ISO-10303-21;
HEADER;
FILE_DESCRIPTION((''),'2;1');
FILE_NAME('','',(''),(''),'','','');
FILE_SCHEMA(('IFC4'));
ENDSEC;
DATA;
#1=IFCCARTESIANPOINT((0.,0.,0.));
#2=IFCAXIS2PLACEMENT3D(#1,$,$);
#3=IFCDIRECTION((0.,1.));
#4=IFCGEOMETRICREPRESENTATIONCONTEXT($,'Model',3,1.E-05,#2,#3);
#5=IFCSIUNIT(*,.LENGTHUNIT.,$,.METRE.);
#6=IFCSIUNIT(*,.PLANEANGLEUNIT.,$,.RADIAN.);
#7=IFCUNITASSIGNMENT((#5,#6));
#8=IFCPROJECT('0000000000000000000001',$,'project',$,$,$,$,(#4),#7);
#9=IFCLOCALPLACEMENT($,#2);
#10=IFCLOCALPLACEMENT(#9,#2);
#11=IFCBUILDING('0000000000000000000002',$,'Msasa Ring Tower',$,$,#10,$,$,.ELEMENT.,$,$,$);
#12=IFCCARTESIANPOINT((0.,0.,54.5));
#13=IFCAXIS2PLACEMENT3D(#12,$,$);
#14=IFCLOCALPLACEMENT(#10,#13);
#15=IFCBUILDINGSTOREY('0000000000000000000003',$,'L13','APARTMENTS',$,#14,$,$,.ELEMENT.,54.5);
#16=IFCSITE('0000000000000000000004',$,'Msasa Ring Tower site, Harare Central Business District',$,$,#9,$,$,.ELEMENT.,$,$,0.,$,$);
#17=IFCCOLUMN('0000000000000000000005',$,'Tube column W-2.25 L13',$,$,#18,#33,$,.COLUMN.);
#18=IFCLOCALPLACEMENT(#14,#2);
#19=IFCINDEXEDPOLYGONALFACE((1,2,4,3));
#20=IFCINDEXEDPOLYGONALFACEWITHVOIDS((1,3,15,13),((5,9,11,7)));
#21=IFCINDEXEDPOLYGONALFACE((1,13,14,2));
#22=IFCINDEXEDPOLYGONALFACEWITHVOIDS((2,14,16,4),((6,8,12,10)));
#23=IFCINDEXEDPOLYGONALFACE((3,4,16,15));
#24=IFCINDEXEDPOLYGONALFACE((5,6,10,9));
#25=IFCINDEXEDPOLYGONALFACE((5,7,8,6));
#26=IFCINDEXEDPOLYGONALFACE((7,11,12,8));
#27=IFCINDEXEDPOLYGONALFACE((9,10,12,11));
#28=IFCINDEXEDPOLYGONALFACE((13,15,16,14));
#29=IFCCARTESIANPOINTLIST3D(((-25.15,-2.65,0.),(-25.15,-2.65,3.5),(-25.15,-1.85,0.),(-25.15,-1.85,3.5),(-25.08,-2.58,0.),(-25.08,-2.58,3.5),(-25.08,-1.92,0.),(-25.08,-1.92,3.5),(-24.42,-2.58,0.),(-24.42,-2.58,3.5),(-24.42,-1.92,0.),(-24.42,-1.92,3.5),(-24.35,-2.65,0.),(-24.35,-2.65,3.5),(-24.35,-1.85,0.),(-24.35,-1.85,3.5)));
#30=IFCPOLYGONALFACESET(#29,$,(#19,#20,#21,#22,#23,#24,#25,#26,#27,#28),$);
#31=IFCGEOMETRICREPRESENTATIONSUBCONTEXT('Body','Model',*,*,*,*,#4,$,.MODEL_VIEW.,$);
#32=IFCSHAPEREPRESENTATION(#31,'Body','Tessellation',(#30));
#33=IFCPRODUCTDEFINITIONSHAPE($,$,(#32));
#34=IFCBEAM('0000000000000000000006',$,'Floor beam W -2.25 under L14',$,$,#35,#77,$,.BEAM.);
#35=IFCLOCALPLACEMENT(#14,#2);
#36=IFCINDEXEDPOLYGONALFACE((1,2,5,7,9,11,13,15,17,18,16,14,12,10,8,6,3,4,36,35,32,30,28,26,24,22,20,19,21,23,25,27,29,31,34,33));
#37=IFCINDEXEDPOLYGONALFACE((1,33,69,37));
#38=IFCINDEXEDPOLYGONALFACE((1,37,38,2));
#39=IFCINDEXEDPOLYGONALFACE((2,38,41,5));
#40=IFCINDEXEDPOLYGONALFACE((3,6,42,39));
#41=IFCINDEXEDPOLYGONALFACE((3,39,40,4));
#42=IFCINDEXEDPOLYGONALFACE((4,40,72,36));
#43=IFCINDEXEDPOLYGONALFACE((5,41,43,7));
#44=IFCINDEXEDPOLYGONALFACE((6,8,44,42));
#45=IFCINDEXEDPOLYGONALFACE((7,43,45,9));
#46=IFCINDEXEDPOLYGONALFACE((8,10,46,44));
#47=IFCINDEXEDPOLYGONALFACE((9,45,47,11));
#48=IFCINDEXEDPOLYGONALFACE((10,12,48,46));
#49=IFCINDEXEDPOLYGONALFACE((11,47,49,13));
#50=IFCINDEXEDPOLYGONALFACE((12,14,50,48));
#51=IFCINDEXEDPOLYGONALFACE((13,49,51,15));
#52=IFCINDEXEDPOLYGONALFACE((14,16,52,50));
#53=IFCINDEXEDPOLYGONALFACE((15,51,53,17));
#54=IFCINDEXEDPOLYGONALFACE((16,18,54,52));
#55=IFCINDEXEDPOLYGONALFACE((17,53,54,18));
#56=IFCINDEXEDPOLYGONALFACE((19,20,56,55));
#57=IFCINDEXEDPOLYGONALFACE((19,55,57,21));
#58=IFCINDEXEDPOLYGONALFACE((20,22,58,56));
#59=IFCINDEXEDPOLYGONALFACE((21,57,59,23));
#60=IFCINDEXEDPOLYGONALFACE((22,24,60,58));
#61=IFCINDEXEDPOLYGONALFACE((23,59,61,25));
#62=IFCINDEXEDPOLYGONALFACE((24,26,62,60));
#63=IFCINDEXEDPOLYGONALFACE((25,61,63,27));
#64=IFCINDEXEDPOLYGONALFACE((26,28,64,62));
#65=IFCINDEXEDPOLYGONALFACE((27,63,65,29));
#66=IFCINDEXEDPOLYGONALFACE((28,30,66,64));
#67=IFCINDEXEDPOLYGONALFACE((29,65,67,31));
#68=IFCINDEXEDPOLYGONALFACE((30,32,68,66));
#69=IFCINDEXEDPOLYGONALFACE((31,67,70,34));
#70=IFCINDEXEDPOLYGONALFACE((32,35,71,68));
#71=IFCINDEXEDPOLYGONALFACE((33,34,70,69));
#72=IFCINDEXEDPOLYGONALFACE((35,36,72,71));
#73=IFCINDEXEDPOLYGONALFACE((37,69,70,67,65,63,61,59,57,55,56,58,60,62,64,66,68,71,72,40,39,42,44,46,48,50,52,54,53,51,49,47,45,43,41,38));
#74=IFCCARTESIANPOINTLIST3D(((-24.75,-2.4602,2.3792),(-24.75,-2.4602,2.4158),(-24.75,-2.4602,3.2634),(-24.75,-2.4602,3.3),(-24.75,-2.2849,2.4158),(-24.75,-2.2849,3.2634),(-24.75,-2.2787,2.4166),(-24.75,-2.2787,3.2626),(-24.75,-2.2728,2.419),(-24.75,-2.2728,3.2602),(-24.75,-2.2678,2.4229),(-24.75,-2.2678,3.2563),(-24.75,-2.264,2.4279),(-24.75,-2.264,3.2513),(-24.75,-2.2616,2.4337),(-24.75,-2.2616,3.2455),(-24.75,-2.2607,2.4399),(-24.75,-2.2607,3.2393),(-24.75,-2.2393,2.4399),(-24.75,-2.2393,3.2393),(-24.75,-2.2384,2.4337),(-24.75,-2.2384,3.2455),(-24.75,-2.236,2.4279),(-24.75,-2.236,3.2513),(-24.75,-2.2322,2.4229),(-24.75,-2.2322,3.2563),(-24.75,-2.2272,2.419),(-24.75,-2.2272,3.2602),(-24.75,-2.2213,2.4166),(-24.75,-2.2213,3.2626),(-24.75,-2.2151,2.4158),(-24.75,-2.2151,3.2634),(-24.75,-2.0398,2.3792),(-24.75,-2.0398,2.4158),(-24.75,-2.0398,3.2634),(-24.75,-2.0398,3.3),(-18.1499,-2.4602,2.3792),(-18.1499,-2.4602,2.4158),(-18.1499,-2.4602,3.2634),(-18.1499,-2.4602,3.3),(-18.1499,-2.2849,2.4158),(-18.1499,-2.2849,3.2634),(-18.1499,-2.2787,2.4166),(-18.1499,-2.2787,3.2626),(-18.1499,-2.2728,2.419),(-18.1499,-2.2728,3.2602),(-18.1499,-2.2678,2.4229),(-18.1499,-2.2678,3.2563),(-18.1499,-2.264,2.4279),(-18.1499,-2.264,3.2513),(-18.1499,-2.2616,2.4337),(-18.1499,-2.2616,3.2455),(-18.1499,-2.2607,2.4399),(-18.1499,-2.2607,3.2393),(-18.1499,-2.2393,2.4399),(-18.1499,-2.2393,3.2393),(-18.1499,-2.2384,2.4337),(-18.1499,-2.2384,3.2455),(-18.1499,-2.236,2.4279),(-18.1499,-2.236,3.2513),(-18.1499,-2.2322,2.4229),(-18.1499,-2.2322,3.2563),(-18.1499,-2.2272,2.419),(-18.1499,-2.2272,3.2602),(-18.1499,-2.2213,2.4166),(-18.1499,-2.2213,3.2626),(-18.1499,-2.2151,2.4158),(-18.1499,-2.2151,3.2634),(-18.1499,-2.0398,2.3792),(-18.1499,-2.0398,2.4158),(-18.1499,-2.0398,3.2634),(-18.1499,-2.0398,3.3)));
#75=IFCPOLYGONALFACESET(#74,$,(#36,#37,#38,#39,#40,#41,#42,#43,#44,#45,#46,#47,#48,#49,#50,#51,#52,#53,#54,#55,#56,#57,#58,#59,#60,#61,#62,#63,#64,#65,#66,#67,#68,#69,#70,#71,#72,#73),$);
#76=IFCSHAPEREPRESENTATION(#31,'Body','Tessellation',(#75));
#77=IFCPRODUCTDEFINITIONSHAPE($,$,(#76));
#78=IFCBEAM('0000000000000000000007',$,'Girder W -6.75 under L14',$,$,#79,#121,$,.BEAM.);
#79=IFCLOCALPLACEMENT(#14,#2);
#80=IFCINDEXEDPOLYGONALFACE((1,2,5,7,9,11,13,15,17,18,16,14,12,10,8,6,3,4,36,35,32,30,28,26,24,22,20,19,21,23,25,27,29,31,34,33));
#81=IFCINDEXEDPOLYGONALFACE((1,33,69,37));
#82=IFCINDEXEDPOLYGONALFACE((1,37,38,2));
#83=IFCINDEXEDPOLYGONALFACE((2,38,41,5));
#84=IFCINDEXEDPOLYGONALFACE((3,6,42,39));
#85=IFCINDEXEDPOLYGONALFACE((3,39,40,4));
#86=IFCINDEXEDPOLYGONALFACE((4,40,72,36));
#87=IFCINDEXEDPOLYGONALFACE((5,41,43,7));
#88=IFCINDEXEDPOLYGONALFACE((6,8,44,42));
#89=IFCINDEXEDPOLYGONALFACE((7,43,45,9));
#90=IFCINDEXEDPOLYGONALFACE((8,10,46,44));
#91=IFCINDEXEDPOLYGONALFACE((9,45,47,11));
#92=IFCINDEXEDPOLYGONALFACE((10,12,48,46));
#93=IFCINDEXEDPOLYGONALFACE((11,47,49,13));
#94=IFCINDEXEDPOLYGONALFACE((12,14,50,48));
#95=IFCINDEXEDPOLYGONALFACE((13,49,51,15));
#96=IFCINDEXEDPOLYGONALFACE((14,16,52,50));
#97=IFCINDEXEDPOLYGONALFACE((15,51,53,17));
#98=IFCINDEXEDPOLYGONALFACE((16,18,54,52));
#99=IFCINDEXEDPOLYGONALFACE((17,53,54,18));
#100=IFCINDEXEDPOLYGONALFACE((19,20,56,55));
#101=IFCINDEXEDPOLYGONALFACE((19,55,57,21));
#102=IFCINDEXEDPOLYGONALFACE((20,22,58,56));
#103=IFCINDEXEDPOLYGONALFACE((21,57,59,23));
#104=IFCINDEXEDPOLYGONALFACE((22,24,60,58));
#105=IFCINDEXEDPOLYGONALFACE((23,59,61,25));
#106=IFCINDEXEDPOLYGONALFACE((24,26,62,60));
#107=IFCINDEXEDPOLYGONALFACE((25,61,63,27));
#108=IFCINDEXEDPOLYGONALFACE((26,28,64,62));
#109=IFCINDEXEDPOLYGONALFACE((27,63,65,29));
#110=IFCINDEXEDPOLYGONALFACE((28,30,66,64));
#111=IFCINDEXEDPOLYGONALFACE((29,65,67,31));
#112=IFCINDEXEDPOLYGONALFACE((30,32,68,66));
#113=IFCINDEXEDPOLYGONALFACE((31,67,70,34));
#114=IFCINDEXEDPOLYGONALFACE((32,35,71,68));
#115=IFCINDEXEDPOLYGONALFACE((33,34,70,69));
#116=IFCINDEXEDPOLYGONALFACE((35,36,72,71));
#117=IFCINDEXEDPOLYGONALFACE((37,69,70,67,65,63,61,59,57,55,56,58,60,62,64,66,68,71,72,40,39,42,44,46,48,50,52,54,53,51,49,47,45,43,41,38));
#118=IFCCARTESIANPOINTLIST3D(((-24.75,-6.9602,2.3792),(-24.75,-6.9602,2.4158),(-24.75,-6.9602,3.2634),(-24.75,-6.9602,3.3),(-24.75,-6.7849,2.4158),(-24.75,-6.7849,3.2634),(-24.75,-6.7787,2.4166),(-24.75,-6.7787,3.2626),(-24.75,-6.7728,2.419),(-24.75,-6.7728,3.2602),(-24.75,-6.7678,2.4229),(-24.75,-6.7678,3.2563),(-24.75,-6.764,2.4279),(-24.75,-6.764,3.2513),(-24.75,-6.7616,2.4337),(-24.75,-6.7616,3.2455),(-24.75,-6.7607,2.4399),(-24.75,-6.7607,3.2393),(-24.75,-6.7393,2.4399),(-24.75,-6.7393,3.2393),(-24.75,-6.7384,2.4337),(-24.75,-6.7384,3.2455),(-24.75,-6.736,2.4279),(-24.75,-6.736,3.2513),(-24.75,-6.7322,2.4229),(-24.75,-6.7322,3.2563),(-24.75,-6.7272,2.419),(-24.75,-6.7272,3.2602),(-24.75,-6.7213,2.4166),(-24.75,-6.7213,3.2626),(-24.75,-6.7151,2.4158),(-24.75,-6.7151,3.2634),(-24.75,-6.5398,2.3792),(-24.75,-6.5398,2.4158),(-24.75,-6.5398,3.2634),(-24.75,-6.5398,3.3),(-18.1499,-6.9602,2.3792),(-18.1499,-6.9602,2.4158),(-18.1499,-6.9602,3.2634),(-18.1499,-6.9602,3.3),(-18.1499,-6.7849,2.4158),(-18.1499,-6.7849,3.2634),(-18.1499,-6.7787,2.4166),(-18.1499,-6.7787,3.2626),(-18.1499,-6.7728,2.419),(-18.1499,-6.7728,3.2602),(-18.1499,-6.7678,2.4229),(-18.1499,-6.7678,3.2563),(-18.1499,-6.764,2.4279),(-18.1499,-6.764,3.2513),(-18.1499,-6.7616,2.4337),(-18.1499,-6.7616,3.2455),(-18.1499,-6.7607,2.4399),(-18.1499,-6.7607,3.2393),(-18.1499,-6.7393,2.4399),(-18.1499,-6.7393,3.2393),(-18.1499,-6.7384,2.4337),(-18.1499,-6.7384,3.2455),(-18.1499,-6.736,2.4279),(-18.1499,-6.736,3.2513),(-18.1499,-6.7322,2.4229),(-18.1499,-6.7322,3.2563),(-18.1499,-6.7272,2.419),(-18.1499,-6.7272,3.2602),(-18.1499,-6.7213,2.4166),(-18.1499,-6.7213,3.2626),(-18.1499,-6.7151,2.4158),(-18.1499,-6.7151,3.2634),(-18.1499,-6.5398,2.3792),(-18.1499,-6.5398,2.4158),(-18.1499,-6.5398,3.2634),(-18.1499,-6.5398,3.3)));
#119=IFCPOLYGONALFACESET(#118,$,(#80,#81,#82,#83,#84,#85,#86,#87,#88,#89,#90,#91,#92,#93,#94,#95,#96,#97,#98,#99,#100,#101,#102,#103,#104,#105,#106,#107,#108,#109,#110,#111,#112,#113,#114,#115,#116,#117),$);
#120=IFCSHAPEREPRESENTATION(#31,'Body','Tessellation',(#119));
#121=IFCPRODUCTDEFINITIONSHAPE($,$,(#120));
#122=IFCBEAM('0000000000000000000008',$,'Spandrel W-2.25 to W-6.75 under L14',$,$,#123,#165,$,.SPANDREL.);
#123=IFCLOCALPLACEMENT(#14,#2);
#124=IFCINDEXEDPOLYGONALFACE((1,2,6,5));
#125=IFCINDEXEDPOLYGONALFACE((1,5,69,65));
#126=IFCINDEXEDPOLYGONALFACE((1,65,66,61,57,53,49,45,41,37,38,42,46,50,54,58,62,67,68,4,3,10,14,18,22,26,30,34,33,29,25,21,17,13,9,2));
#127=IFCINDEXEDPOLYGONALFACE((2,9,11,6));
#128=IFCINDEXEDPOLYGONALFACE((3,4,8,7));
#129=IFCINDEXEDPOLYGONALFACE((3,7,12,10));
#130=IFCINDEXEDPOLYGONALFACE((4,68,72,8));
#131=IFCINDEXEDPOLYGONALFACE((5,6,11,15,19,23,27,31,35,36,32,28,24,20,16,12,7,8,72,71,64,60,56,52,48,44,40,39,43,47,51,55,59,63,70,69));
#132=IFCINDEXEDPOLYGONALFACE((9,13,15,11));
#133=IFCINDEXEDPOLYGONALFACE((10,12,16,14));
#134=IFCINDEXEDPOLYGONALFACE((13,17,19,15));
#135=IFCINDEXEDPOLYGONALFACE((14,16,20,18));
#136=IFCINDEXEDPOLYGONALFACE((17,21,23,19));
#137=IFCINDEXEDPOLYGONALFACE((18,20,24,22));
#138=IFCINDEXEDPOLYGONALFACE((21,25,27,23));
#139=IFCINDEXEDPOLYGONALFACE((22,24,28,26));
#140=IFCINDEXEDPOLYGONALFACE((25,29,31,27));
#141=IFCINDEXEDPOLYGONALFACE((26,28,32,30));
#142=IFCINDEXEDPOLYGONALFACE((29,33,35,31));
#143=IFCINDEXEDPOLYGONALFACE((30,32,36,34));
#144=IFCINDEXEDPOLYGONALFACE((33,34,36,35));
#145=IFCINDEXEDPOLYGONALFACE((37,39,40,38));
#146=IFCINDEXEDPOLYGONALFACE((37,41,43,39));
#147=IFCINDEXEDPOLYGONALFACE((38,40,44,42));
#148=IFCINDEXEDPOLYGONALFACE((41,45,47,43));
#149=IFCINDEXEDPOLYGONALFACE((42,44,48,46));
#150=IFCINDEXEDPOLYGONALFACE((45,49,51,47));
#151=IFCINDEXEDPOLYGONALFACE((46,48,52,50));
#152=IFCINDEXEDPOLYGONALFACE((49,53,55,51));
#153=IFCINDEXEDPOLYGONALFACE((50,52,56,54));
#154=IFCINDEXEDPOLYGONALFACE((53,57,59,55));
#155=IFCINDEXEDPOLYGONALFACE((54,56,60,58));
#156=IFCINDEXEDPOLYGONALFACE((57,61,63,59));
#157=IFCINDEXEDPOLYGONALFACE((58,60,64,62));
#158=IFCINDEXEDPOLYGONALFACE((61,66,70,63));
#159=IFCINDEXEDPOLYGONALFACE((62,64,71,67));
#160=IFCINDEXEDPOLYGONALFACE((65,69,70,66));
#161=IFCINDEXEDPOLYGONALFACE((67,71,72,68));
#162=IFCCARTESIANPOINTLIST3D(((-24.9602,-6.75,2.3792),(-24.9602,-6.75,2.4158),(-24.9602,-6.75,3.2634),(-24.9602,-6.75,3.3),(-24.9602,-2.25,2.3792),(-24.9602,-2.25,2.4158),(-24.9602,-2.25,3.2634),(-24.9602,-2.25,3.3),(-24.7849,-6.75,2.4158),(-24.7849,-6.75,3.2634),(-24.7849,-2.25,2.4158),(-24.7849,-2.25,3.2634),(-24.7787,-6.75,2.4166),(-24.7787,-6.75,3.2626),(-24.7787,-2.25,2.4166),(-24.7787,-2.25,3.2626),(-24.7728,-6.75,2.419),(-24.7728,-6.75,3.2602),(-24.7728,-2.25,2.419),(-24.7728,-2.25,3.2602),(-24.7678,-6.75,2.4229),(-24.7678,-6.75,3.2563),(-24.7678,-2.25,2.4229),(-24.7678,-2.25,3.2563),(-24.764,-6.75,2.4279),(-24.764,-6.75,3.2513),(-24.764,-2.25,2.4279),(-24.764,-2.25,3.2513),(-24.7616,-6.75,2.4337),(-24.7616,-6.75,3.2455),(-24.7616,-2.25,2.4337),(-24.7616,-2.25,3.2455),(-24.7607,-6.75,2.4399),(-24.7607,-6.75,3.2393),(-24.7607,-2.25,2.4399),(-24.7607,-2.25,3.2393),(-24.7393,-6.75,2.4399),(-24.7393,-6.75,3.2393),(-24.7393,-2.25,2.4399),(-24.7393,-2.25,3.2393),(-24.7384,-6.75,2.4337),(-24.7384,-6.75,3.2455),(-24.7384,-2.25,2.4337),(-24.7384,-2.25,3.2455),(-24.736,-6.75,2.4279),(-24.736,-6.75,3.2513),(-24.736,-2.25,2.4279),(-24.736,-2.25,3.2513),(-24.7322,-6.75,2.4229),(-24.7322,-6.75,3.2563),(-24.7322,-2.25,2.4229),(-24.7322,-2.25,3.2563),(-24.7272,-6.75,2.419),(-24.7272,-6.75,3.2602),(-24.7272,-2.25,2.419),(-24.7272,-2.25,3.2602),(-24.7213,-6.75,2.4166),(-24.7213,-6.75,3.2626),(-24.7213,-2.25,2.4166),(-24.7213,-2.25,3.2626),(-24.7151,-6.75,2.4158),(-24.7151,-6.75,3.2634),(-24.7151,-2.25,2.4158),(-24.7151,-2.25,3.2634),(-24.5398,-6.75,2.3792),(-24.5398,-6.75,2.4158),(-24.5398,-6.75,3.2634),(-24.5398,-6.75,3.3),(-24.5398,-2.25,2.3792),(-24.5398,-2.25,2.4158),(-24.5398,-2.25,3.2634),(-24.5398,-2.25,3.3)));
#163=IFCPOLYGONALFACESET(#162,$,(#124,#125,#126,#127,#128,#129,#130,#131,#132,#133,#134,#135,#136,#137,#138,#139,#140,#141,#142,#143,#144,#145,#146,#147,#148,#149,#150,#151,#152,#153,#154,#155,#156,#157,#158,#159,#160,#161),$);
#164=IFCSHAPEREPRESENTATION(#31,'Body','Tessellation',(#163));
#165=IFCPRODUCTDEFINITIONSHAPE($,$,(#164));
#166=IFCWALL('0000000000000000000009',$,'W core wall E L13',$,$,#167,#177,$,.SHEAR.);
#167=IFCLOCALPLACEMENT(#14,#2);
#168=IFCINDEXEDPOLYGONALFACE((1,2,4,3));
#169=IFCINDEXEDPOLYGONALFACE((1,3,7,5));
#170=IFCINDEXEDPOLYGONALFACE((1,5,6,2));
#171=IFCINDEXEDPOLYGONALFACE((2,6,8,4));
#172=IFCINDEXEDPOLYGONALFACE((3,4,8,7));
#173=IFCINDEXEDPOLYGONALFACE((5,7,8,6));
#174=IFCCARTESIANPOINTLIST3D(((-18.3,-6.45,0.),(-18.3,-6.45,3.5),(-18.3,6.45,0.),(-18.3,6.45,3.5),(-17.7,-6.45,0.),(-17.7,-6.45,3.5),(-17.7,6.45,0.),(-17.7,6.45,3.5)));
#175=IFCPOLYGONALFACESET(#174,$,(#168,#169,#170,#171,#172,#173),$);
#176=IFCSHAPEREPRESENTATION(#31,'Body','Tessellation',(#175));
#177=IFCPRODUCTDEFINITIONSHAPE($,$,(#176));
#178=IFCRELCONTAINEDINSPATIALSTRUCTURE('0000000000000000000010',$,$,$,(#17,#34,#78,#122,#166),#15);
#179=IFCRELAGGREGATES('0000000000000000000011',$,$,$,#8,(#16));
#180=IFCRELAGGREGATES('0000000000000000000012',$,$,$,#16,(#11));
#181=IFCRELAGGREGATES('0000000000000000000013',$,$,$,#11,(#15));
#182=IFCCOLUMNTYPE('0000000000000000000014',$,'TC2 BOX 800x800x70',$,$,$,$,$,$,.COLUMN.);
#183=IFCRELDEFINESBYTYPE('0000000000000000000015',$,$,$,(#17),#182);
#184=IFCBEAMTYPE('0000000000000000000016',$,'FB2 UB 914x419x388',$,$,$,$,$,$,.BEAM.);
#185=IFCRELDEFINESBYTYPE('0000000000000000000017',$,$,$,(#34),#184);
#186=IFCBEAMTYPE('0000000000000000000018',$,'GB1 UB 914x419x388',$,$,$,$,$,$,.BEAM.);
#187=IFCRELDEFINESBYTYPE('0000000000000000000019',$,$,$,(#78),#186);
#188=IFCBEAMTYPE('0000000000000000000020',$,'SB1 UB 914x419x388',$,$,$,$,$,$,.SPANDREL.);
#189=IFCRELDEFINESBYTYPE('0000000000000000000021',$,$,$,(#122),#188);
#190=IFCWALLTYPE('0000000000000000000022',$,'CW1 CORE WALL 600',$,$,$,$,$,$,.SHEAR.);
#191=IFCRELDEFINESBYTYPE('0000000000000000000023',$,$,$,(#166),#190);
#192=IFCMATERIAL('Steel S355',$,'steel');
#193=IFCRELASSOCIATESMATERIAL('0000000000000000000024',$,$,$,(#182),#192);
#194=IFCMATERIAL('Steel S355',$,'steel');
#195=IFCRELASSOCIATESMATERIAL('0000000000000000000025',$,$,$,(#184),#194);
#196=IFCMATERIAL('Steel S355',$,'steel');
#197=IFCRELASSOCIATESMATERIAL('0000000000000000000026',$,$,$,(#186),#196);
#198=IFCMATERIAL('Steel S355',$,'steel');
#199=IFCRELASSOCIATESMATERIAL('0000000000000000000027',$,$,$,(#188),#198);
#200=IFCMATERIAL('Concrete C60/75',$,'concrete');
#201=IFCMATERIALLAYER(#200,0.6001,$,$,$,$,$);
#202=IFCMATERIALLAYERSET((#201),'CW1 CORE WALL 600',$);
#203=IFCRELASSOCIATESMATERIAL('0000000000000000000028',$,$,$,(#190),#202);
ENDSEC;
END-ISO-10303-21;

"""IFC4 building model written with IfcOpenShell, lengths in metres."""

from ifc_helpers import new_model, si_unit, direction, frame, frame_2d, origin, origin_2d, place, context, subcontext, project, spatial, rectangle, hollow_rectangle, i_section, extrude, material, layer, layer_set, material_profile, profile_set, type_object, element, save


model = new_model("IFC4")

# Units and contexts
model_context = context("Model", 3, precision=1e-05, world=origin(), true_north=direction((0.0, 1.0)))
body_context = subcontext(model_context, "Body", "Model", "MODEL_VIEW")
ifc_project = project(units=[si_unit("LENGTHUNIT", "METRE"), si_unit("PLANEANGLEUNIT", "RADIAN")], contexts=[model_context])

# Site, building, storey
site_placement = place(None, origin())
site = spatial("IfcSite", under=ifc_project, at=site_placement, Name="Msasa Ring Tower site, Harare Central Business District", CompositionType="ELEMENT", RefElevation=0.0)
building_placement = place(site_placement, origin())
building = spatial("IfcBuilding", under=site, at=building_placement, Name="Msasa Ring Tower", CompositionType="ELEMENT")
storey_placement = place(building_placement, frame((0.0, 0.0, 54.5)))
storey = spatial("IfcBuildingStorey", under=building, at=storey_placement, Name="L13", Description="APARTMENTS", CompositionType="ELEMENT", Elevation=54.5)

# Column
ifc_material_1 = material(Name="Steel S355", Category="steel")
ifc_material_profile_1 = material_profile(ifc_material_1, hollow_rectangle(XDim=0.8, YDim=0.8, WallThickness=0.0701, at=origin_2d()), Name="BOX 800x800x70")
ifc_profile_set_1 = profile_set([ifc_material_profile_1], Name="Steel S355")
column_type = type_object("IfcColumnType", Name="TC2 BOX 800x800x70", PredefinedType="COLUMN", material=ifc_profile_set_1)
column_placement = place(storey_placement, frame((-24.75, -2.25, 0.0), z_axis=(0.0, 0.0, 1.0), x_axis=(1.0, 0.0, 0.0)))
element("IfcColumn", 1, at=column_placement, inside=storey, type_object=column_type, Name="Tube column W-2.25 L13", PredefinedType="COLUMN", context=body_context, shape_type="SweptSolid", body=[
    extrude(hollow_rectangle(XDim=0.8, YDim=0.8, WallThickness=0.0701, at=origin_2d()), origin(), (0.0, 0.0, 1.0), 3.5),
])

# Beams
ifc_material_2 = material(Name="Steel S355", Category="steel")
ifc_material_profile_2 = material_profile(ifc_material_2, i_section(OverallWidth=0.4204, OverallDepth=0.9209, WebThickness=0.0215, FlangeThickness=0.0366, FilletRadius=0.0242, at=origin_2d()), Name="UB 914x419x388")
ifc_profile_set_2 = profile_set([ifc_material_profile_2], Name="Steel S355")
beam_type_1 = type_object("IfcBeamType", Name="FB2 UB 914x419x388", PredefinedType="BEAM", material=ifc_profile_set_2)
beam_1_placement = place(storey_placement, frame((-24.75, -2.25, 2.8396), z_axis=(1.0, 0.0, 0.0), x_axis=(0.0, 1.0, 0.0)))
element("IfcBeam", 2, at=beam_1_placement, inside=storey, type_object=beam_type_1, Name="Floor beam W -2.25 under L14", PredefinedType="BEAM", context=body_context, shape_type="SweptSolid", body=[
    extrude(i_section(OverallWidth=0.4204, OverallDepth=0.9209, WebThickness=0.0215, FlangeThickness=0.0366, FilletRadius=0.0242, at=origin_2d()), origin(), (0.0, 0.0, 1.0), 6.6001),
])
ifc_material_3 = material(Name="Steel S355", Category="steel")
ifc_material_profile_3 = material_profile(ifc_material_3, i_section(OverallWidth=0.4204, OverallDepth=0.9209, WebThickness=0.0215, FlangeThickness=0.0366, FilletRadius=0.0242, at=origin_2d()), Name="UB 914x419x388")
ifc_profile_set_3 = profile_set([ifc_material_profile_3], Name="Steel S355")
beam_type_2 = type_object("IfcBeamType", Name="GB1 UB 914x419x388", PredefinedType="BEAM", material=ifc_profile_set_3)
beam_2_placement = place(storey_placement, frame((-18.1499, -6.75, 2.8396), z_axis=(-1.0, 0.0, 0.0), x_axis=(0.0, -1.0, 0.0)))
element("IfcBeam", 3, at=beam_2_placement, inside=storey, type_object=beam_type_2, Name="Girder W -6.75 under L14", PredefinedType="BEAM", context=body_context, shape_type="SweptSolid", body=[
    extrude(i_section(OverallWidth=0.4204, OverallDepth=0.9209, WebThickness=0.0215, FlangeThickness=0.0366, FilletRadius=0.0242, at=origin_2d()), origin(), (0.0, 0.0, 1.0), 6.6001),
])
ifc_material_4 = material(Name="Steel S355", Category="steel")
ifc_material_profile_4 = material_profile(ifc_material_4, i_section(OverallWidth=0.4204, OverallDepth=0.9209, WebThickness=0.0215, FlangeThickness=0.0366, FilletRadius=0.0242, at=origin_2d()), Name="UB 914x419x388")
ifc_profile_set_4 = profile_set([ifc_material_profile_4], Name="Steel S355")
beam_type_3 = type_object("IfcBeamType", Name="SB1 UB 914x419x388", PredefinedType="SPANDREL", material=ifc_profile_set_4)
beam_3_placement = place(storey_placement, frame((-24.75, -2.25, 2.8396), z_axis=(0.0, -1.0, 0.0), x_axis=(1.0, 0.0, 0.0)))
element("IfcBeam", 4, at=beam_3_placement, inside=storey, type_object=beam_type_3, Name="Spandrel W-2.25 to W-6.75 under L14", PredefinedType="SPANDREL", context=body_context, shape_type="SweptSolid", body=[
    extrude(i_section(OverallWidth=0.4204, OverallDepth=0.9209, WebThickness=0.0215, FlangeThickness=0.0366, FilletRadius=0.0242, at=origin_2d()), origin(), (0.0, 0.0, 1.0), 4.5),
])

# Wall
ifc_material_5 = material(Name="Concrete C60/75", Category="concrete")
ifc_layer_1 = layer(ifc_material_5, 0.6001)
ifc_layer_set_1 = layer_set([ifc_layer_1], Name="CW1 CORE WALL 600")
wall_type_1 = type_object("IfcWallType", Name="CW1 CORE WALL 600", PredefinedType="SHEAR", material=ifc_layer_set_1)
wall_1_placement = place(storey_placement, frame((-18.0, -6.45, 0.0), z_axis=(0.0, 0.0, 1.0), x_axis=(0.0, 1.0, 0.0)))
element("IfcWall", 5, at=wall_1_placement, inside=storey, type_object=wall_type_1, Name="W core wall E L13", PredefinedType="SHEAR", context=body_context, shape_type="SweptSolid", body=[
    extrude(rectangle(XDim=12.8999, YDim=0.6001, at=frame_2d((6.45, 0.0))), origin(), (0.0, 0.0, 1.0), 3.5),
])

save(model, "model.ifc")
